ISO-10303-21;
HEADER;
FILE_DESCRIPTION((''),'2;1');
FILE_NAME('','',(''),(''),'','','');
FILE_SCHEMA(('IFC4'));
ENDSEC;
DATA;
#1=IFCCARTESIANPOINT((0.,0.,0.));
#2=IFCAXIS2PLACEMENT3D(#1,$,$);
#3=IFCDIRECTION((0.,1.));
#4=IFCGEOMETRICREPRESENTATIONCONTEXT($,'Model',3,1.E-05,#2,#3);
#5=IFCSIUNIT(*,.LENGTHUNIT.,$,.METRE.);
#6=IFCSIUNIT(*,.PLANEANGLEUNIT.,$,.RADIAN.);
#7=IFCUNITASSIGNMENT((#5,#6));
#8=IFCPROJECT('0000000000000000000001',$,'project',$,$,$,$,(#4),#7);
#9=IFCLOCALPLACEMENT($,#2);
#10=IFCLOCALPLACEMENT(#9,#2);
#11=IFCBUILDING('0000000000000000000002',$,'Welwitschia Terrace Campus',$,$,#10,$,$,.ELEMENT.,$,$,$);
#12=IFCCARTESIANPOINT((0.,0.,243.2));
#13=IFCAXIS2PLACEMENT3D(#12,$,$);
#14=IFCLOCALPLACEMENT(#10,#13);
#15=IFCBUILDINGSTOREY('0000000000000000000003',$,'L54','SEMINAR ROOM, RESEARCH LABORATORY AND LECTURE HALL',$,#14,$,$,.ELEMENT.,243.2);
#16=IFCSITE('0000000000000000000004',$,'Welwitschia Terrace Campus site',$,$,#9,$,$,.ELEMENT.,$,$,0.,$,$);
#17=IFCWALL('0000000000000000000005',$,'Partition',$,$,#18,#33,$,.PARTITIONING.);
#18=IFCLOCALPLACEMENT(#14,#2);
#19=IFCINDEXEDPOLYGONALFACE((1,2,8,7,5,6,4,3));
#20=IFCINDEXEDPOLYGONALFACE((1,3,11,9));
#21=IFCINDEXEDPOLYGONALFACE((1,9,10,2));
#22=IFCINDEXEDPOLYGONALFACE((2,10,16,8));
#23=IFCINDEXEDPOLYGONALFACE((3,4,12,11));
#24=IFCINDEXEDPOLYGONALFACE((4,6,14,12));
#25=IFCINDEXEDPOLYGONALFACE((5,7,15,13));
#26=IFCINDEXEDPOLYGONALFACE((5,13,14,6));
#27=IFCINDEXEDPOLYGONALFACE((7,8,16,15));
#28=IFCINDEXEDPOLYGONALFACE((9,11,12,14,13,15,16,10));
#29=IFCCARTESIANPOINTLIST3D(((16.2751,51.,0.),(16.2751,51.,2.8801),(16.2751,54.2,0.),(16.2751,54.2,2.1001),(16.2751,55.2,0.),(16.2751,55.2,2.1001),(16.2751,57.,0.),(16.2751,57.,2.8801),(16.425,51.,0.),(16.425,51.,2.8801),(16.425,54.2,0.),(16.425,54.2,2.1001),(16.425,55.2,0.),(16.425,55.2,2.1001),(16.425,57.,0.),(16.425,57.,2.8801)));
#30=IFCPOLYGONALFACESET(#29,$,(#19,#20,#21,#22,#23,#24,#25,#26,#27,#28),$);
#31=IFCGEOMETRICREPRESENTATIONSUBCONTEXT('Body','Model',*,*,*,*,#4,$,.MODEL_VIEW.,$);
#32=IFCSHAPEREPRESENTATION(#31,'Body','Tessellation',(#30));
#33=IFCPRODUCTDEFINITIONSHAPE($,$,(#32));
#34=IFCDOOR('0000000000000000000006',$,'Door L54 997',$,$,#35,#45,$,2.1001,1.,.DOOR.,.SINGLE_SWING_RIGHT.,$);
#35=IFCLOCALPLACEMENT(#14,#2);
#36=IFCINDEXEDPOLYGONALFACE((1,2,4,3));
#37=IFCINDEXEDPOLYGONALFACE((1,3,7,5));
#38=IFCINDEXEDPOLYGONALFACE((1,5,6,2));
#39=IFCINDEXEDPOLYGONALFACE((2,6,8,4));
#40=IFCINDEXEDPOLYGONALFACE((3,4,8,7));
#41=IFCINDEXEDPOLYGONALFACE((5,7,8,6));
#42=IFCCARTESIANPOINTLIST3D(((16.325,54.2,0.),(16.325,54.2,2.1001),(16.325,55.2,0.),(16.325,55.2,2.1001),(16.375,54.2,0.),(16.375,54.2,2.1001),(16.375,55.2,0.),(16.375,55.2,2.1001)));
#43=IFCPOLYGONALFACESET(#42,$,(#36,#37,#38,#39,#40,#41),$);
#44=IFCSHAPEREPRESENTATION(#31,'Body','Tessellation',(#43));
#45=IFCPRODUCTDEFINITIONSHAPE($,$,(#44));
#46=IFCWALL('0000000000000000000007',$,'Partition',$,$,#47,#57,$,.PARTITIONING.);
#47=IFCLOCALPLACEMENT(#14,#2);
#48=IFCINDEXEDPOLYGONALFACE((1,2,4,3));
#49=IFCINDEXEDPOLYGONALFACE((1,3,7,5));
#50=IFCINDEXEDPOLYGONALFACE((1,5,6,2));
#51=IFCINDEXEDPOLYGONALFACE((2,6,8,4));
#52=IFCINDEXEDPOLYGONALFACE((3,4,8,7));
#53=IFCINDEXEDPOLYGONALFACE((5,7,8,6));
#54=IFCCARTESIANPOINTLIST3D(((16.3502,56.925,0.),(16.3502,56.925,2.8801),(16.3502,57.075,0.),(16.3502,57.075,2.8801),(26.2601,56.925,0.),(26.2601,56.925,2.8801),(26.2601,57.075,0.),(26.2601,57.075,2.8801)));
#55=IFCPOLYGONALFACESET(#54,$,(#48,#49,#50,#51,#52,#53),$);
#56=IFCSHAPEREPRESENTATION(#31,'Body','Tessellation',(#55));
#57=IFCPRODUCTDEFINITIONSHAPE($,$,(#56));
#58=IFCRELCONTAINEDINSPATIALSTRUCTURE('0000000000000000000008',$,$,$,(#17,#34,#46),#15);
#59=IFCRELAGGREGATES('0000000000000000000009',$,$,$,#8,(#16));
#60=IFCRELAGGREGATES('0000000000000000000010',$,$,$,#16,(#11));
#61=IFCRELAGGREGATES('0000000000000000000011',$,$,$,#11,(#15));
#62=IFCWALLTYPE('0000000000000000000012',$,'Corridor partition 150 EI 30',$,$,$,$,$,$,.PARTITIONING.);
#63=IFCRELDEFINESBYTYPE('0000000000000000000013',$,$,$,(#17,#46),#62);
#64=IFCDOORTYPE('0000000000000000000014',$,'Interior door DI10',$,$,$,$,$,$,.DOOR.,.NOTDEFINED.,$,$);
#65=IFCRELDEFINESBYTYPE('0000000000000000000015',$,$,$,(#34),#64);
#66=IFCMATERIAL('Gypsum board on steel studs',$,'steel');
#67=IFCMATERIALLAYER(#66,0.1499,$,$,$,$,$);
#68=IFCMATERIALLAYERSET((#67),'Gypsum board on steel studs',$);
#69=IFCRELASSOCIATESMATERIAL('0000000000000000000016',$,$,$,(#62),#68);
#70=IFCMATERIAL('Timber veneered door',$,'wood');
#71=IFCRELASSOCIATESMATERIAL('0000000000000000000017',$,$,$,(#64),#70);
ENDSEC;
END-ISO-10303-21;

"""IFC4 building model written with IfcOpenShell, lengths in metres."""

from ifc_helpers import new_model, si_unit, direction, frame, frame_2d, origin, place, context, subcontext, project, spatial, rectangle, extrude, material, layer, layer_set, type_object, element, fill, save


model = new_model("IFC4")

# Units and contexts
model_context = context("Model", 3, precision=1e-05, world=origin(), true_north=direction((0.0, 1.0)))
body_context = subcontext(model_context, "Body", "Model", "MODEL_VIEW")
ifc_project = project(units=[si_unit("LENGTHUNIT", "METRE"), si_unit("PLANEANGLEUNIT", "RADIAN")], contexts=[model_context])

# Site, building, storey
site_placement = place(None, origin())
site = spatial("IfcSite", under=ifc_project, at=site_placement, Name="Welwitschia Terrace Campus site", CompositionType="ELEMENT", RefElevation=0.0)
building_placement = place(site_placement, origin())
building = spatial("IfcBuilding", under=site, at=building_placement, Name="Welwitschia Terrace Campus", CompositionType="ELEMENT")
storey_placement = place(building_placement, frame((0.0, 0.0, 243.2)))
storey = spatial("IfcBuildingStorey", under=building, at=storey_placement, Name="L54", Description="SEMINAR ROOM, RESEARCH LABORATORY AND LECTURE HALL", CompositionType="ELEMENT", Elevation=243.2)

# Shared definitions
ifc_material_1 = material(Name="Gypsum board on steel studs", Category="steel")
ifc_layer_1 = layer(ifc_material_1, 0.1499)
ifc_layer_set_1 = layer_set([ifc_layer_1], Name="Gypsum board on steel studs")
wall_type = type_object("IfcWallType", Name="Corridor partition 150 EI 30", PredefinedType="PARTITIONING", material=ifc_layer_set_1)
ifc_material_2 = material(Name="Timber veneered door", Category="wood")
door_type = type_object("IfcDoorType", Name="Interior door DI10", OperationType="NOTDEFINED", PredefinedType="DOOR", material=ifc_material_2)

# Wall, opening, door
wall_1_placement = place(storey_placement, frame((16.3501, 57.0, 0.0), z_axis=(0.0, 0.0, 1.0), x_axis=(0.0, -1.0, 0.0)))
wall_1 = element("IfcWall", 1, at=wall_1_placement, inside=storey, type_object=wall_type, Name="Partition", PredefinedType="PARTITIONING", context=body_context, shape_type="SweptSolid", body=[
    extrude(rectangle(XDim=6.0, YDim=0.1499, at=frame_2d((3.0, 0.0))), origin(), (0.0, 0.0, 1.0), 2.8801),
])
opening_1_placement = place(wall_1_placement, frame((1.8, 0.0, 0.0)))
opening_1 = element("IfcOpeningElement", 2, at=opening_1_placement, cuts=wall_1, PredefinedType="OPENING", context=body_context, shape_type="SweptSolid", body=[
    extrude(rectangle(XDim=1.0, YDim=2.1001, at=frame_2d((0.5, 1.05))), frame((0.0, 0.085, 0.0), z_axis=(0.0, -1.0, 0.0), x_axis=(1.0, 0.0, 0.0)), (0.0, 0.0, 1.0), 0.1699),
])
door_1_placement = place(opening_1_placement, origin())
door_1 = element("IfcDoor", 3, at=door_1_placement, inside=storey, type_object=door_type, Name="Door L54 997", OperationType="SINGLE_SWING_RIGHT", OverallHeight=2.1001, OverallWidth=1.0, PredefinedType="DOOR", context=body_context, shape_type="SweptSolid", body=[
    extrude(rectangle(XDim=1.0, YDim=2.1001, at=frame_2d((0.5, 1.05))), frame((0.0, 0.0249, 0.0), z_axis=(0.0, -1.0, 0.0), x_axis=(1.0, 0.0, 0.0)), (0.0, 0.0, 1.0), 0.05),
])
fill(opening_1, door_1)

# Wall
wall_2_placement = place(storey_placement, frame((16.3501, 57.0, 0.0), z_axis=(0.0, 0.0, 1.0), x_axis=(1.0, 0.0, 0.0)))
element("IfcWall", 4, at=wall_2_placement, inside=storey, type_object=wall_type, Name="Partition", PredefinedType="PARTITIONING", context=body_context, shape_type="SweptSolid", body=[
    extrude(rectangle(XDim=9.9099, YDim=0.1499, at=frame_2d((4.9551, 0.0))), origin(), (0.0, 0.0, 1.0), 2.8801),
])

save(model, "model.ifc")
